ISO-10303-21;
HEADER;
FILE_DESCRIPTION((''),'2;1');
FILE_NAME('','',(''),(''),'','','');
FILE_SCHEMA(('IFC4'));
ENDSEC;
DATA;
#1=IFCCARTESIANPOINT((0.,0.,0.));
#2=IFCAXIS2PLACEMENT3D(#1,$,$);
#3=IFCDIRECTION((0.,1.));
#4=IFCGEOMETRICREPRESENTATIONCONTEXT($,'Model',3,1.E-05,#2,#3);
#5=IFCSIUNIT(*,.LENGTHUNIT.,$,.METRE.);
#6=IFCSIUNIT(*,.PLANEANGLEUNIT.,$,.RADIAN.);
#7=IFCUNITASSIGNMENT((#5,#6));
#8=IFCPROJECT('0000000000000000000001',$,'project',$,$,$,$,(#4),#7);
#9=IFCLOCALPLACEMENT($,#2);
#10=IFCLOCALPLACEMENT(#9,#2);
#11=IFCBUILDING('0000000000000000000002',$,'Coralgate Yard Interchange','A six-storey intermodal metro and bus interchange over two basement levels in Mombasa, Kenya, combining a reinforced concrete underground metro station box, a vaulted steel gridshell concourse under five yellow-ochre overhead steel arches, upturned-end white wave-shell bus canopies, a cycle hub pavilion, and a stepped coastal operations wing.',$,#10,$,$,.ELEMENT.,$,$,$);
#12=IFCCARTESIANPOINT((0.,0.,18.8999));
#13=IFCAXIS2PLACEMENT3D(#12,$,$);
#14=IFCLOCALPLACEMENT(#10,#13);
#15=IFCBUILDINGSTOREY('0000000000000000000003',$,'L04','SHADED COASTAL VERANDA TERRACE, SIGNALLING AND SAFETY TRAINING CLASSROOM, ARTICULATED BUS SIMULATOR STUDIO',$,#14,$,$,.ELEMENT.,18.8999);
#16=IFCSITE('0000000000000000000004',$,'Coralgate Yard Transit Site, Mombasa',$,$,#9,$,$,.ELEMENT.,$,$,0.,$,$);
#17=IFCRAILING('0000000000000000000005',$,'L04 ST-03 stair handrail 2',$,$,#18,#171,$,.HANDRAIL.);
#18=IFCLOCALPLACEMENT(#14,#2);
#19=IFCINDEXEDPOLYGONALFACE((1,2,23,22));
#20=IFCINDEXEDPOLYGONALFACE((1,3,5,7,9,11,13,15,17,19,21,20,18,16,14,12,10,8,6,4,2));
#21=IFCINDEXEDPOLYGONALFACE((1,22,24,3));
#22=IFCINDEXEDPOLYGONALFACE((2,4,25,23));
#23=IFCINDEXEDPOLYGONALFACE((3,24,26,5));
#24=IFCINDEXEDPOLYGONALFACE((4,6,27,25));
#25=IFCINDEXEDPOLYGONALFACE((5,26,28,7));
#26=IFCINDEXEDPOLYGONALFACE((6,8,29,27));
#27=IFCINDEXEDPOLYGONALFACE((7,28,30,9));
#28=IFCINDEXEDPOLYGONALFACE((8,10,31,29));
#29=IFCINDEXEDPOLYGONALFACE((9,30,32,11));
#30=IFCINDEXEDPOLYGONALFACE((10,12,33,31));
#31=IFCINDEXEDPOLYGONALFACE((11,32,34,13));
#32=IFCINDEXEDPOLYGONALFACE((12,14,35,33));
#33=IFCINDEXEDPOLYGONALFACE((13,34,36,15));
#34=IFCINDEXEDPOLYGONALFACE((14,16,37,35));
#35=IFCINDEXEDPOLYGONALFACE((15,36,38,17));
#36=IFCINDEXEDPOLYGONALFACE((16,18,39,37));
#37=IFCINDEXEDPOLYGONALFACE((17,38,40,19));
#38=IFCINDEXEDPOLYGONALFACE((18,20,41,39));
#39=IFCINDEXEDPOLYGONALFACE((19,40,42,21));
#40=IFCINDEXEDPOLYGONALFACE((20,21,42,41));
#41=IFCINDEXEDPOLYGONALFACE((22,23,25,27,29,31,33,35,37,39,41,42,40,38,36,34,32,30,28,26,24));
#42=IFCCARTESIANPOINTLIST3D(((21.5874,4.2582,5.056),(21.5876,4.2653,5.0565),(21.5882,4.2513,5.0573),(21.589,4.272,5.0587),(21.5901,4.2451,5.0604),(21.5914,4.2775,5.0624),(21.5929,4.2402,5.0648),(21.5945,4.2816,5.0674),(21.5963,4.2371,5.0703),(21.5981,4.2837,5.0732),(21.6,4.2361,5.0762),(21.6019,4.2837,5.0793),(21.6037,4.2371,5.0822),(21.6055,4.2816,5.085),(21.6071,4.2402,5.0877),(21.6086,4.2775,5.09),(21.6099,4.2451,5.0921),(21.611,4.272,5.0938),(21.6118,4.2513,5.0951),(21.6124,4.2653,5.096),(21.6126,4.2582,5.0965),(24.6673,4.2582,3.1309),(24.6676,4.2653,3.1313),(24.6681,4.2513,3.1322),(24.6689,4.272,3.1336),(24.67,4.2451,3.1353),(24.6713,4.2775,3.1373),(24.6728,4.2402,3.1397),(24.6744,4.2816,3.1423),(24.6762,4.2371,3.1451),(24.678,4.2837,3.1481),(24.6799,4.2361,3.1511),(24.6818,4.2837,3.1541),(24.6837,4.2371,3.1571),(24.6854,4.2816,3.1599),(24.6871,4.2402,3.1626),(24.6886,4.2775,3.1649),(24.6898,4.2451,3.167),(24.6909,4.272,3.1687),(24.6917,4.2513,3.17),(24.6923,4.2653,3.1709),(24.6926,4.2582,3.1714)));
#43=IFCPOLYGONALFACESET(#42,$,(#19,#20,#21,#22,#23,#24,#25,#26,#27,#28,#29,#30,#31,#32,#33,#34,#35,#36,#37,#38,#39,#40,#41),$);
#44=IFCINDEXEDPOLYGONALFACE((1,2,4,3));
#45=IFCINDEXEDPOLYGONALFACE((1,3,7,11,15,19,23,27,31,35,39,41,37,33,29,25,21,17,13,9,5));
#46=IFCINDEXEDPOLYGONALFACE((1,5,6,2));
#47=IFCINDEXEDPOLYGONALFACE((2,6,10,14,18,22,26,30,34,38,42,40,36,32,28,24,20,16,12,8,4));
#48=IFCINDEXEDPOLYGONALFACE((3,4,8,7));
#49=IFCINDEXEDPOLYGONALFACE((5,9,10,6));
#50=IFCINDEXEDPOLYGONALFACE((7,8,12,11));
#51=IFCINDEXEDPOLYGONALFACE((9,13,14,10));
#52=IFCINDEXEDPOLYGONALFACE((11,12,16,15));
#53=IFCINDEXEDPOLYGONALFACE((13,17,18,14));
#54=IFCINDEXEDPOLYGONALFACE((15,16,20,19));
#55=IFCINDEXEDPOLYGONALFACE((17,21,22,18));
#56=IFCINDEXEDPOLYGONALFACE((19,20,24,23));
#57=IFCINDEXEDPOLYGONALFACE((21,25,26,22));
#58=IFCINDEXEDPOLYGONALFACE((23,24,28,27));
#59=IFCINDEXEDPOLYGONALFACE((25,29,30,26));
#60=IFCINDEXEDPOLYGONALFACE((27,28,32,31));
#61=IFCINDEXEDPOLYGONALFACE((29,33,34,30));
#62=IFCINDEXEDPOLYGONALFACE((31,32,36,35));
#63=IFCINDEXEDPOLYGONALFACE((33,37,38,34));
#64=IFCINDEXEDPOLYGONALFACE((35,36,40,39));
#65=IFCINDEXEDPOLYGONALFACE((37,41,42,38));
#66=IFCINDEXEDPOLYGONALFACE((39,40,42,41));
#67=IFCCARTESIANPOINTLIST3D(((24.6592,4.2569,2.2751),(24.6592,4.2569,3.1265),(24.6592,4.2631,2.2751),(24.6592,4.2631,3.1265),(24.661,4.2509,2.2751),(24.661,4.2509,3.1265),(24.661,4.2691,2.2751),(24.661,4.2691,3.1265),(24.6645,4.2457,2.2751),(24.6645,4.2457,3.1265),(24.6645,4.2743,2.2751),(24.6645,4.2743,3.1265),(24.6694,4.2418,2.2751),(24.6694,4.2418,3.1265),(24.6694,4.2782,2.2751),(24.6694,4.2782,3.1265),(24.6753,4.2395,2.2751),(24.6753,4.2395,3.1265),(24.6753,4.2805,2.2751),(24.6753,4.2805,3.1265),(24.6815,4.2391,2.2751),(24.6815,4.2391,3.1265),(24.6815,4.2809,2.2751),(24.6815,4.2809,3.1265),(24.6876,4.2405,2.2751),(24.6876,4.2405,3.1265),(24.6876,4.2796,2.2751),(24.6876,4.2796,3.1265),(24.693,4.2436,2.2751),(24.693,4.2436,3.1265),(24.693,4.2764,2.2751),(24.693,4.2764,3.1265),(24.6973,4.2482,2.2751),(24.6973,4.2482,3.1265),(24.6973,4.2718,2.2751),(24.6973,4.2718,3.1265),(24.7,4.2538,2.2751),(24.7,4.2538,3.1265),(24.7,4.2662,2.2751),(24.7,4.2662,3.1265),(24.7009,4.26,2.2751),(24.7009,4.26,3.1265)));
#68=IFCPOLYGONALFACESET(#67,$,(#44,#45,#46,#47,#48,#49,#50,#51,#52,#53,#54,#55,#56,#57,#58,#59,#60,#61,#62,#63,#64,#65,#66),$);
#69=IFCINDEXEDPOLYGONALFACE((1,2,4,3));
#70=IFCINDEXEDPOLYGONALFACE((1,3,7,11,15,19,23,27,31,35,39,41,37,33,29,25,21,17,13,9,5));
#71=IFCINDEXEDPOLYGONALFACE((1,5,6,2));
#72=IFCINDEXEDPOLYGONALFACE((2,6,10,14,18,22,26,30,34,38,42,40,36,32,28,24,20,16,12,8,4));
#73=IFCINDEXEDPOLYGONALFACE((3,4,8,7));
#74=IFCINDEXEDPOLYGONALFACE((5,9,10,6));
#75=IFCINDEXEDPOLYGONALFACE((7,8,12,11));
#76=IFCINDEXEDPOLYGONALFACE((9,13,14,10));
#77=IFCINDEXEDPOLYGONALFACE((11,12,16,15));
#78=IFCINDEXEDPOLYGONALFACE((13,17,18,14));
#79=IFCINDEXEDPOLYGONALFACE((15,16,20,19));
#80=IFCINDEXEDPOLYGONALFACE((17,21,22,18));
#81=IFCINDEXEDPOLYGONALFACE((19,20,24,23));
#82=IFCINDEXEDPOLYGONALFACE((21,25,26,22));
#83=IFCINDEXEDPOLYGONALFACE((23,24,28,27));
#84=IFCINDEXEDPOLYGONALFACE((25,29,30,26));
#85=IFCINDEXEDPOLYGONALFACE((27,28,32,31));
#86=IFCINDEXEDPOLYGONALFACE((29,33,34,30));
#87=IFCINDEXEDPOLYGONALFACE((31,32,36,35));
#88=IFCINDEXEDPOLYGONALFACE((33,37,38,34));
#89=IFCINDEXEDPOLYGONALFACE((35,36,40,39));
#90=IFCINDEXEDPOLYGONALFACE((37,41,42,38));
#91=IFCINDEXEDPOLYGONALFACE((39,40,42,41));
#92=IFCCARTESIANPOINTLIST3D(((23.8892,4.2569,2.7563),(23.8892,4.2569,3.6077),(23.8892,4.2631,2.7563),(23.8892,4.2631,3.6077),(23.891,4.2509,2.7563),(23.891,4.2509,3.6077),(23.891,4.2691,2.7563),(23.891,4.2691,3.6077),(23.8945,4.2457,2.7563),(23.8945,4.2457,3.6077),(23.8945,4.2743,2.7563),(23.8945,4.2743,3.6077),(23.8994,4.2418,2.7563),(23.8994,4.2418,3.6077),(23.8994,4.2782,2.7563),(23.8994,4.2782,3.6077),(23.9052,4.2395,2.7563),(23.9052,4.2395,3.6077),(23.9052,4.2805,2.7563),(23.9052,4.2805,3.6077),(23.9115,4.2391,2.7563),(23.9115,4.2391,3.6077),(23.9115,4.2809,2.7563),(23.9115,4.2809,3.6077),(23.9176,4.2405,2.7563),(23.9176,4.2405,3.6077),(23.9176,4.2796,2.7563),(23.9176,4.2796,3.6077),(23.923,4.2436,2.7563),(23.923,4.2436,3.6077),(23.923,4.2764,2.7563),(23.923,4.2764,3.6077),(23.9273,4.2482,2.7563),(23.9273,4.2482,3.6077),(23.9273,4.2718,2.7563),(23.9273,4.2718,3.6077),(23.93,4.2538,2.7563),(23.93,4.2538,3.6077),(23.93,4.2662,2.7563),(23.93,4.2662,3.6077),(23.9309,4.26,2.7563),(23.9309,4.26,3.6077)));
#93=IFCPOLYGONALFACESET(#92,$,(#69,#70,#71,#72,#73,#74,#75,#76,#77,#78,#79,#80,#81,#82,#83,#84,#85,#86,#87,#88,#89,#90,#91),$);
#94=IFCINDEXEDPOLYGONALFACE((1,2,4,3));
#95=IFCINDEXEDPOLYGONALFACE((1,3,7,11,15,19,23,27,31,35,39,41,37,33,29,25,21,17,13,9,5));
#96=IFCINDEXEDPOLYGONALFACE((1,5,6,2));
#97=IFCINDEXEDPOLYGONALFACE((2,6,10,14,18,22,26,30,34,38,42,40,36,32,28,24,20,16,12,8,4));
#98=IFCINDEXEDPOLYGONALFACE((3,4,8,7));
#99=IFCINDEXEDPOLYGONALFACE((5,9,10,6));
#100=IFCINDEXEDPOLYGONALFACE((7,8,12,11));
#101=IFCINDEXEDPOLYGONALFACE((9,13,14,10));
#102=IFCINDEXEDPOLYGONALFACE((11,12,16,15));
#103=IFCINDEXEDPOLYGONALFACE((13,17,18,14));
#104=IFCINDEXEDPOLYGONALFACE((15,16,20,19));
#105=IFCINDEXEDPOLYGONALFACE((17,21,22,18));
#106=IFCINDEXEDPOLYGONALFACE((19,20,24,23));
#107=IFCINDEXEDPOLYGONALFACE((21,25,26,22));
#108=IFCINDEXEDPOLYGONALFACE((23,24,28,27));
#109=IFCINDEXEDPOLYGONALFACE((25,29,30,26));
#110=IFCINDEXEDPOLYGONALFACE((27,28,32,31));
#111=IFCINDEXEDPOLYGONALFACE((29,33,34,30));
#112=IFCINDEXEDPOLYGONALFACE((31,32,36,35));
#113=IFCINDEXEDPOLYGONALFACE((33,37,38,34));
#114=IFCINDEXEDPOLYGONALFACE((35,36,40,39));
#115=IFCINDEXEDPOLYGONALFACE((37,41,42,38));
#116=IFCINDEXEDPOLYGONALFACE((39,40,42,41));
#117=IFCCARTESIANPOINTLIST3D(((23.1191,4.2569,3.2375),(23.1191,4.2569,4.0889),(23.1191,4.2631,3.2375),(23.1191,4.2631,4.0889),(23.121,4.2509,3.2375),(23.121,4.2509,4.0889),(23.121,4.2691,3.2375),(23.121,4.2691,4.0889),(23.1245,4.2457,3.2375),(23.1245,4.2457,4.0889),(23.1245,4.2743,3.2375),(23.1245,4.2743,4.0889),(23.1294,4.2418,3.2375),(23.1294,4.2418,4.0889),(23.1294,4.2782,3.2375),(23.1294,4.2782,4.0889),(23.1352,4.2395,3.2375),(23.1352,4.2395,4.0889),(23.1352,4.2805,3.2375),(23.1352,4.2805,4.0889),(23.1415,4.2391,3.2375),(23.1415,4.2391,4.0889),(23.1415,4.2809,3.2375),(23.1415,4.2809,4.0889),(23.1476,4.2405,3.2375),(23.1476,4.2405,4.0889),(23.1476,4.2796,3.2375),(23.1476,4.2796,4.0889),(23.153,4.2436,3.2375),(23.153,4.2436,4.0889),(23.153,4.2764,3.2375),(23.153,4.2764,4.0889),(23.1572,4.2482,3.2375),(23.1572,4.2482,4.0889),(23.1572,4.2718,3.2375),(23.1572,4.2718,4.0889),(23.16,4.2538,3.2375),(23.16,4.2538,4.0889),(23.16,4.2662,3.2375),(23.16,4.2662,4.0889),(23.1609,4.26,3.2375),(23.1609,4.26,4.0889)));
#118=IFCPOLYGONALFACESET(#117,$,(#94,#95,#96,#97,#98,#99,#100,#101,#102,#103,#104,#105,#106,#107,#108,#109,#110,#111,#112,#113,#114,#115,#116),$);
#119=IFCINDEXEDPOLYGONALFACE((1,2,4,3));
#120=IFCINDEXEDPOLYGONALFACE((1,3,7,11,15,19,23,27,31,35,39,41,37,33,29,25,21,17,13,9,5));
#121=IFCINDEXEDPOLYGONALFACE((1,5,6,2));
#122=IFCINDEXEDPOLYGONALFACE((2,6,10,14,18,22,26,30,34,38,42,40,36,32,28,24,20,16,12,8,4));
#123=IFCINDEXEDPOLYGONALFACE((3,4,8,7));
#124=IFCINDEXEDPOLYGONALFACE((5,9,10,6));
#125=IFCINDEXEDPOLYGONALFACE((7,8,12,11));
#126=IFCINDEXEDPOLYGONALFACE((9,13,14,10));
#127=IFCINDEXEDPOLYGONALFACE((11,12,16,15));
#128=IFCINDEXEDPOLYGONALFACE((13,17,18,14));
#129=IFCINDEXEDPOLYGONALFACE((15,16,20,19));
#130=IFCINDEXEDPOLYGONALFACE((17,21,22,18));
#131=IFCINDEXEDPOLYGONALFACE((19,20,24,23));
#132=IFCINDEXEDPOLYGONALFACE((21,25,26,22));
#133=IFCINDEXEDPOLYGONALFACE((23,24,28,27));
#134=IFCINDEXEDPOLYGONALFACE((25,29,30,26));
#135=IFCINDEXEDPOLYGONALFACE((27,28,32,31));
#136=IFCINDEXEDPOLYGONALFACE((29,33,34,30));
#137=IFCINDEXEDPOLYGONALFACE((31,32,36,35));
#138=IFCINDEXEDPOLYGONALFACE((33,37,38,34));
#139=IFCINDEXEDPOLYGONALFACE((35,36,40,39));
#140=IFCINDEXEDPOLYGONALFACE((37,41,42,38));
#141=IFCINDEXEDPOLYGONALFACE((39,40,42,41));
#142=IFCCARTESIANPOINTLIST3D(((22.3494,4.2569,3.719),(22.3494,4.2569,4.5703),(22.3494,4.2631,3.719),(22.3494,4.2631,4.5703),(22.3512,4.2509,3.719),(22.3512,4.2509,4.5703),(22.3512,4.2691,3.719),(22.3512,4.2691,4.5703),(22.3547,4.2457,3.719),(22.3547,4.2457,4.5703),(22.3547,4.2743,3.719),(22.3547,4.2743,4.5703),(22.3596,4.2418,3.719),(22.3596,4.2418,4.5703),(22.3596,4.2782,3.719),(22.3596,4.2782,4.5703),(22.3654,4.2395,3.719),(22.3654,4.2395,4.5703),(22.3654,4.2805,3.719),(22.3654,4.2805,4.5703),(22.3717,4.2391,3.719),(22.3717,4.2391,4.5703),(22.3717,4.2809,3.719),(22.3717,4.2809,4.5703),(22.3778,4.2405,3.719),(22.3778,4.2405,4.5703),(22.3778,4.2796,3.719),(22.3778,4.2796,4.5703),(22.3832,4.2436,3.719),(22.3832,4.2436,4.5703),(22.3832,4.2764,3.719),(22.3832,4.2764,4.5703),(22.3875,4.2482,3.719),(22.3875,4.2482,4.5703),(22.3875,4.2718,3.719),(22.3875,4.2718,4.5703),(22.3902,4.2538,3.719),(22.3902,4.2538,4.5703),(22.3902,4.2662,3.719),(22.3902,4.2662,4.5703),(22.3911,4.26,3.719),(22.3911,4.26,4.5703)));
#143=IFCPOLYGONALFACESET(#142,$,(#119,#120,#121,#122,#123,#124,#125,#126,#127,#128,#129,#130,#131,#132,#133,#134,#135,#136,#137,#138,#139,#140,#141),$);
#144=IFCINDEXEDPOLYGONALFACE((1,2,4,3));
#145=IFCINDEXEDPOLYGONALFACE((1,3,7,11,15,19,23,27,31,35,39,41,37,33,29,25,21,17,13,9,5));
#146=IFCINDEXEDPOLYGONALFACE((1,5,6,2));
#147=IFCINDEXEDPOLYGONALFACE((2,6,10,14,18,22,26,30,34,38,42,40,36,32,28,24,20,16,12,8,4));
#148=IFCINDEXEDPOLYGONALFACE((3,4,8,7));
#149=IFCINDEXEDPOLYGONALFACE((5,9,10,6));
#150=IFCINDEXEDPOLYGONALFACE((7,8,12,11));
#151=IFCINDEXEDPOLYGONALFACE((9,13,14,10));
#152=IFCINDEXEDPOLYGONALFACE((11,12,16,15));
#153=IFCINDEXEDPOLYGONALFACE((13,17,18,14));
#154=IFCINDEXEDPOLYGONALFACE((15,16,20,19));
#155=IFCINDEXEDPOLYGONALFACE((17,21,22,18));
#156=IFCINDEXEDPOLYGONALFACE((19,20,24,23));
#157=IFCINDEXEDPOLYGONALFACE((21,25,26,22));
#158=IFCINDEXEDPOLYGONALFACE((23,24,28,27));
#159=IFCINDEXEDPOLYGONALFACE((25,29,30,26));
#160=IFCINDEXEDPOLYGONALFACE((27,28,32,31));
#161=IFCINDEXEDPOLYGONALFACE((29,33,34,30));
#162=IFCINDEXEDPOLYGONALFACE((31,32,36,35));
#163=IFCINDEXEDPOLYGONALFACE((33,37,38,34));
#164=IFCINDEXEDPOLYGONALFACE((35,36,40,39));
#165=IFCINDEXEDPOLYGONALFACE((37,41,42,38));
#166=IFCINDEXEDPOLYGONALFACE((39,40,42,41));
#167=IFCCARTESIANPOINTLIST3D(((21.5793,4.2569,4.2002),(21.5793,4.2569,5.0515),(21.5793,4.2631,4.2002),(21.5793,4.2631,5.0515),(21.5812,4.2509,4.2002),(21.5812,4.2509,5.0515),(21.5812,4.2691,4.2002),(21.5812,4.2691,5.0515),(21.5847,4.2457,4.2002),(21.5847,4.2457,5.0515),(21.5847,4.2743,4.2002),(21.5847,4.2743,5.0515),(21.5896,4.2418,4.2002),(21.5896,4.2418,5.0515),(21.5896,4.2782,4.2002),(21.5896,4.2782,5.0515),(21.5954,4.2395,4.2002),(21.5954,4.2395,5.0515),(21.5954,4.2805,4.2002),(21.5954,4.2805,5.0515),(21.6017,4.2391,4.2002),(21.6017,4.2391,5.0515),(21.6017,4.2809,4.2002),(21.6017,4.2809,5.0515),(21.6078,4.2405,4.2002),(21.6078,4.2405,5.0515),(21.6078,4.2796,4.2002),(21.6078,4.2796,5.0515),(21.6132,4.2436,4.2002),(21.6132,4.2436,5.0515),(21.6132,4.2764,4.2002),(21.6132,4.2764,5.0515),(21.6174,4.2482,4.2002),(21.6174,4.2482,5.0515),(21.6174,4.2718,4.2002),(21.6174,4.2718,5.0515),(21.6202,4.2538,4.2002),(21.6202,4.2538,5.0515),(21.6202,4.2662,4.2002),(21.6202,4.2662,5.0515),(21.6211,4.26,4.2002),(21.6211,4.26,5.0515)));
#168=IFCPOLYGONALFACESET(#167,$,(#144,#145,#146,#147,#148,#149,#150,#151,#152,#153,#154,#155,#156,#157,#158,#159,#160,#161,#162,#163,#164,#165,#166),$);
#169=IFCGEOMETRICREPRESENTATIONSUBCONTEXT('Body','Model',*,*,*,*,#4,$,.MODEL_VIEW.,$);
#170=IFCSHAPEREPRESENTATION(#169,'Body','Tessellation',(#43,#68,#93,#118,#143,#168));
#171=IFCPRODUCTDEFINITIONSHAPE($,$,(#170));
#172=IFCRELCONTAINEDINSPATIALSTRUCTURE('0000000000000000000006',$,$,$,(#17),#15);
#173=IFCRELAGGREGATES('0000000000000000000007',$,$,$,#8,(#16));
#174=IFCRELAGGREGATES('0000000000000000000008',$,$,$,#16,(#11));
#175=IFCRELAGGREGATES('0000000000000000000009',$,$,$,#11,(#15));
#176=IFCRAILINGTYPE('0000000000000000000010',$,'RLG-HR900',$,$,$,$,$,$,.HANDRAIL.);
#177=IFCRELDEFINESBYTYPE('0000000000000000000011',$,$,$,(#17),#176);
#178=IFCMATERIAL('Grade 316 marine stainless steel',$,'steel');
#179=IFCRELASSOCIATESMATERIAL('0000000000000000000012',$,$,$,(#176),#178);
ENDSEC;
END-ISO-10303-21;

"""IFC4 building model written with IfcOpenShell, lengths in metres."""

from ifc_helpers import new_model, si_unit, direction, frame, origin, origin_2d, place, context, subcontext, project, spatial, circle, extrude, material, type_object, element, save


model = new_model("IFC4")

# Units and contexts
model_context = context("Model", 3, precision=1e-05, world=origin(), true_north=direction((0.0, 1.0)))
body_context = subcontext(model_context, "Body", "Model", "MODEL_VIEW")
ifc_project = project(units=[si_unit("LENGTHUNIT", "METRE"), si_unit("PLANEANGLEUNIT", "RADIAN")], contexts=[model_context])

# Site, building, storey
site_placement = place(None, origin())
site = spatial("IfcSite", under=ifc_project, at=site_placement, Name="Coralgate Yard Transit Site, Mombasa", CompositionType="ELEMENT", RefElevation=0.0)
building_placement = place(site_placement, origin())
building = spatial("IfcBuilding", under=site, at=building_placement, Name="Coralgate Yard Interchange", Description="A six-storey intermodal metro and bus interchange over two basement levels in Mombasa, Kenya, combining a reinforced concrete underground metro station box, a vaulted steel gridshell concourse under five yellow-ochre overhead steel arches, upturned-end white wave-shell bus canopies, a cycle hub pavilion, and a stepped coastal operations wing.", CompositionType="ELEMENT")
storey_placement = place(building_placement, frame((0.0, 0.0, 18.8999)))
storey = spatial("IfcBuildingStorey", under=building, at=storey_placement, Name="L04", Description="SHADED COASTAL VERANDA TERRACE, SIGNALLING AND SAFETY TRAINING CLASSROOM, ARTICULATED BUS SIMULATOR STUDIO", CompositionType="ELEMENT", Elevation=18.8999)

# Railing
ifc_material_1 = material(Name="Grade 316 marine stainless steel", Category="steel")
railing_type_1 = type_object("IfcRailingType", Name="RLG-HR900", PredefinedType="HANDRAIL", material=ifc_material_1)
railing_1_placement = place(storey_placement, frame((24.6799, 4.26, 2.2751)))
element("IfcRailing", 1, at=railing_1_placement, inside=storey, type_object=railing_type_1, Name="L04 ST-03 stair handrail 2", PredefinedType="HANDRAIL", context=body_context, shape_type="SweptSolid", body=[
    extrude(circle(Radius=0.0239, at=origin_2d()), frame((0.0, 0.0, 0.876), z_axis=(-0.847979, 0.0, 0.530029), x_axis=(0.0, -1.0, 0.0)), (0.0, 0.0, 1.0), 3.6321),
    extrude(circle(Radius=0.021, at=origin_2d()), origin(), (0.0, 0.0, 1.0), 0.8513),
    extrude(circle(Radius=0.021, at=origin_2d()), frame((-0.77, 0.0, 0.4812)), (0.0, 0.0, 1.0), 0.8513),
    extrude(circle(Radius=0.021, at=origin_2d()), frame((-1.54, 0.0, 0.9624)), (0.0, 0.0, 1.0), 0.8513),
    extrude(circle(Radius=0.021, at=origin_2d()), frame((-2.3098, 0.0, 1.4438)), (0.0, 0.0, 1.0), 0.8513),
    extrude(circle(Radius=0.021, at=origin_2d()), frame((-3.0798, 0.0, 1.925)), (0.0, 0.0, 1.0), 0.8513),
])

save(model, "model.ifc")
